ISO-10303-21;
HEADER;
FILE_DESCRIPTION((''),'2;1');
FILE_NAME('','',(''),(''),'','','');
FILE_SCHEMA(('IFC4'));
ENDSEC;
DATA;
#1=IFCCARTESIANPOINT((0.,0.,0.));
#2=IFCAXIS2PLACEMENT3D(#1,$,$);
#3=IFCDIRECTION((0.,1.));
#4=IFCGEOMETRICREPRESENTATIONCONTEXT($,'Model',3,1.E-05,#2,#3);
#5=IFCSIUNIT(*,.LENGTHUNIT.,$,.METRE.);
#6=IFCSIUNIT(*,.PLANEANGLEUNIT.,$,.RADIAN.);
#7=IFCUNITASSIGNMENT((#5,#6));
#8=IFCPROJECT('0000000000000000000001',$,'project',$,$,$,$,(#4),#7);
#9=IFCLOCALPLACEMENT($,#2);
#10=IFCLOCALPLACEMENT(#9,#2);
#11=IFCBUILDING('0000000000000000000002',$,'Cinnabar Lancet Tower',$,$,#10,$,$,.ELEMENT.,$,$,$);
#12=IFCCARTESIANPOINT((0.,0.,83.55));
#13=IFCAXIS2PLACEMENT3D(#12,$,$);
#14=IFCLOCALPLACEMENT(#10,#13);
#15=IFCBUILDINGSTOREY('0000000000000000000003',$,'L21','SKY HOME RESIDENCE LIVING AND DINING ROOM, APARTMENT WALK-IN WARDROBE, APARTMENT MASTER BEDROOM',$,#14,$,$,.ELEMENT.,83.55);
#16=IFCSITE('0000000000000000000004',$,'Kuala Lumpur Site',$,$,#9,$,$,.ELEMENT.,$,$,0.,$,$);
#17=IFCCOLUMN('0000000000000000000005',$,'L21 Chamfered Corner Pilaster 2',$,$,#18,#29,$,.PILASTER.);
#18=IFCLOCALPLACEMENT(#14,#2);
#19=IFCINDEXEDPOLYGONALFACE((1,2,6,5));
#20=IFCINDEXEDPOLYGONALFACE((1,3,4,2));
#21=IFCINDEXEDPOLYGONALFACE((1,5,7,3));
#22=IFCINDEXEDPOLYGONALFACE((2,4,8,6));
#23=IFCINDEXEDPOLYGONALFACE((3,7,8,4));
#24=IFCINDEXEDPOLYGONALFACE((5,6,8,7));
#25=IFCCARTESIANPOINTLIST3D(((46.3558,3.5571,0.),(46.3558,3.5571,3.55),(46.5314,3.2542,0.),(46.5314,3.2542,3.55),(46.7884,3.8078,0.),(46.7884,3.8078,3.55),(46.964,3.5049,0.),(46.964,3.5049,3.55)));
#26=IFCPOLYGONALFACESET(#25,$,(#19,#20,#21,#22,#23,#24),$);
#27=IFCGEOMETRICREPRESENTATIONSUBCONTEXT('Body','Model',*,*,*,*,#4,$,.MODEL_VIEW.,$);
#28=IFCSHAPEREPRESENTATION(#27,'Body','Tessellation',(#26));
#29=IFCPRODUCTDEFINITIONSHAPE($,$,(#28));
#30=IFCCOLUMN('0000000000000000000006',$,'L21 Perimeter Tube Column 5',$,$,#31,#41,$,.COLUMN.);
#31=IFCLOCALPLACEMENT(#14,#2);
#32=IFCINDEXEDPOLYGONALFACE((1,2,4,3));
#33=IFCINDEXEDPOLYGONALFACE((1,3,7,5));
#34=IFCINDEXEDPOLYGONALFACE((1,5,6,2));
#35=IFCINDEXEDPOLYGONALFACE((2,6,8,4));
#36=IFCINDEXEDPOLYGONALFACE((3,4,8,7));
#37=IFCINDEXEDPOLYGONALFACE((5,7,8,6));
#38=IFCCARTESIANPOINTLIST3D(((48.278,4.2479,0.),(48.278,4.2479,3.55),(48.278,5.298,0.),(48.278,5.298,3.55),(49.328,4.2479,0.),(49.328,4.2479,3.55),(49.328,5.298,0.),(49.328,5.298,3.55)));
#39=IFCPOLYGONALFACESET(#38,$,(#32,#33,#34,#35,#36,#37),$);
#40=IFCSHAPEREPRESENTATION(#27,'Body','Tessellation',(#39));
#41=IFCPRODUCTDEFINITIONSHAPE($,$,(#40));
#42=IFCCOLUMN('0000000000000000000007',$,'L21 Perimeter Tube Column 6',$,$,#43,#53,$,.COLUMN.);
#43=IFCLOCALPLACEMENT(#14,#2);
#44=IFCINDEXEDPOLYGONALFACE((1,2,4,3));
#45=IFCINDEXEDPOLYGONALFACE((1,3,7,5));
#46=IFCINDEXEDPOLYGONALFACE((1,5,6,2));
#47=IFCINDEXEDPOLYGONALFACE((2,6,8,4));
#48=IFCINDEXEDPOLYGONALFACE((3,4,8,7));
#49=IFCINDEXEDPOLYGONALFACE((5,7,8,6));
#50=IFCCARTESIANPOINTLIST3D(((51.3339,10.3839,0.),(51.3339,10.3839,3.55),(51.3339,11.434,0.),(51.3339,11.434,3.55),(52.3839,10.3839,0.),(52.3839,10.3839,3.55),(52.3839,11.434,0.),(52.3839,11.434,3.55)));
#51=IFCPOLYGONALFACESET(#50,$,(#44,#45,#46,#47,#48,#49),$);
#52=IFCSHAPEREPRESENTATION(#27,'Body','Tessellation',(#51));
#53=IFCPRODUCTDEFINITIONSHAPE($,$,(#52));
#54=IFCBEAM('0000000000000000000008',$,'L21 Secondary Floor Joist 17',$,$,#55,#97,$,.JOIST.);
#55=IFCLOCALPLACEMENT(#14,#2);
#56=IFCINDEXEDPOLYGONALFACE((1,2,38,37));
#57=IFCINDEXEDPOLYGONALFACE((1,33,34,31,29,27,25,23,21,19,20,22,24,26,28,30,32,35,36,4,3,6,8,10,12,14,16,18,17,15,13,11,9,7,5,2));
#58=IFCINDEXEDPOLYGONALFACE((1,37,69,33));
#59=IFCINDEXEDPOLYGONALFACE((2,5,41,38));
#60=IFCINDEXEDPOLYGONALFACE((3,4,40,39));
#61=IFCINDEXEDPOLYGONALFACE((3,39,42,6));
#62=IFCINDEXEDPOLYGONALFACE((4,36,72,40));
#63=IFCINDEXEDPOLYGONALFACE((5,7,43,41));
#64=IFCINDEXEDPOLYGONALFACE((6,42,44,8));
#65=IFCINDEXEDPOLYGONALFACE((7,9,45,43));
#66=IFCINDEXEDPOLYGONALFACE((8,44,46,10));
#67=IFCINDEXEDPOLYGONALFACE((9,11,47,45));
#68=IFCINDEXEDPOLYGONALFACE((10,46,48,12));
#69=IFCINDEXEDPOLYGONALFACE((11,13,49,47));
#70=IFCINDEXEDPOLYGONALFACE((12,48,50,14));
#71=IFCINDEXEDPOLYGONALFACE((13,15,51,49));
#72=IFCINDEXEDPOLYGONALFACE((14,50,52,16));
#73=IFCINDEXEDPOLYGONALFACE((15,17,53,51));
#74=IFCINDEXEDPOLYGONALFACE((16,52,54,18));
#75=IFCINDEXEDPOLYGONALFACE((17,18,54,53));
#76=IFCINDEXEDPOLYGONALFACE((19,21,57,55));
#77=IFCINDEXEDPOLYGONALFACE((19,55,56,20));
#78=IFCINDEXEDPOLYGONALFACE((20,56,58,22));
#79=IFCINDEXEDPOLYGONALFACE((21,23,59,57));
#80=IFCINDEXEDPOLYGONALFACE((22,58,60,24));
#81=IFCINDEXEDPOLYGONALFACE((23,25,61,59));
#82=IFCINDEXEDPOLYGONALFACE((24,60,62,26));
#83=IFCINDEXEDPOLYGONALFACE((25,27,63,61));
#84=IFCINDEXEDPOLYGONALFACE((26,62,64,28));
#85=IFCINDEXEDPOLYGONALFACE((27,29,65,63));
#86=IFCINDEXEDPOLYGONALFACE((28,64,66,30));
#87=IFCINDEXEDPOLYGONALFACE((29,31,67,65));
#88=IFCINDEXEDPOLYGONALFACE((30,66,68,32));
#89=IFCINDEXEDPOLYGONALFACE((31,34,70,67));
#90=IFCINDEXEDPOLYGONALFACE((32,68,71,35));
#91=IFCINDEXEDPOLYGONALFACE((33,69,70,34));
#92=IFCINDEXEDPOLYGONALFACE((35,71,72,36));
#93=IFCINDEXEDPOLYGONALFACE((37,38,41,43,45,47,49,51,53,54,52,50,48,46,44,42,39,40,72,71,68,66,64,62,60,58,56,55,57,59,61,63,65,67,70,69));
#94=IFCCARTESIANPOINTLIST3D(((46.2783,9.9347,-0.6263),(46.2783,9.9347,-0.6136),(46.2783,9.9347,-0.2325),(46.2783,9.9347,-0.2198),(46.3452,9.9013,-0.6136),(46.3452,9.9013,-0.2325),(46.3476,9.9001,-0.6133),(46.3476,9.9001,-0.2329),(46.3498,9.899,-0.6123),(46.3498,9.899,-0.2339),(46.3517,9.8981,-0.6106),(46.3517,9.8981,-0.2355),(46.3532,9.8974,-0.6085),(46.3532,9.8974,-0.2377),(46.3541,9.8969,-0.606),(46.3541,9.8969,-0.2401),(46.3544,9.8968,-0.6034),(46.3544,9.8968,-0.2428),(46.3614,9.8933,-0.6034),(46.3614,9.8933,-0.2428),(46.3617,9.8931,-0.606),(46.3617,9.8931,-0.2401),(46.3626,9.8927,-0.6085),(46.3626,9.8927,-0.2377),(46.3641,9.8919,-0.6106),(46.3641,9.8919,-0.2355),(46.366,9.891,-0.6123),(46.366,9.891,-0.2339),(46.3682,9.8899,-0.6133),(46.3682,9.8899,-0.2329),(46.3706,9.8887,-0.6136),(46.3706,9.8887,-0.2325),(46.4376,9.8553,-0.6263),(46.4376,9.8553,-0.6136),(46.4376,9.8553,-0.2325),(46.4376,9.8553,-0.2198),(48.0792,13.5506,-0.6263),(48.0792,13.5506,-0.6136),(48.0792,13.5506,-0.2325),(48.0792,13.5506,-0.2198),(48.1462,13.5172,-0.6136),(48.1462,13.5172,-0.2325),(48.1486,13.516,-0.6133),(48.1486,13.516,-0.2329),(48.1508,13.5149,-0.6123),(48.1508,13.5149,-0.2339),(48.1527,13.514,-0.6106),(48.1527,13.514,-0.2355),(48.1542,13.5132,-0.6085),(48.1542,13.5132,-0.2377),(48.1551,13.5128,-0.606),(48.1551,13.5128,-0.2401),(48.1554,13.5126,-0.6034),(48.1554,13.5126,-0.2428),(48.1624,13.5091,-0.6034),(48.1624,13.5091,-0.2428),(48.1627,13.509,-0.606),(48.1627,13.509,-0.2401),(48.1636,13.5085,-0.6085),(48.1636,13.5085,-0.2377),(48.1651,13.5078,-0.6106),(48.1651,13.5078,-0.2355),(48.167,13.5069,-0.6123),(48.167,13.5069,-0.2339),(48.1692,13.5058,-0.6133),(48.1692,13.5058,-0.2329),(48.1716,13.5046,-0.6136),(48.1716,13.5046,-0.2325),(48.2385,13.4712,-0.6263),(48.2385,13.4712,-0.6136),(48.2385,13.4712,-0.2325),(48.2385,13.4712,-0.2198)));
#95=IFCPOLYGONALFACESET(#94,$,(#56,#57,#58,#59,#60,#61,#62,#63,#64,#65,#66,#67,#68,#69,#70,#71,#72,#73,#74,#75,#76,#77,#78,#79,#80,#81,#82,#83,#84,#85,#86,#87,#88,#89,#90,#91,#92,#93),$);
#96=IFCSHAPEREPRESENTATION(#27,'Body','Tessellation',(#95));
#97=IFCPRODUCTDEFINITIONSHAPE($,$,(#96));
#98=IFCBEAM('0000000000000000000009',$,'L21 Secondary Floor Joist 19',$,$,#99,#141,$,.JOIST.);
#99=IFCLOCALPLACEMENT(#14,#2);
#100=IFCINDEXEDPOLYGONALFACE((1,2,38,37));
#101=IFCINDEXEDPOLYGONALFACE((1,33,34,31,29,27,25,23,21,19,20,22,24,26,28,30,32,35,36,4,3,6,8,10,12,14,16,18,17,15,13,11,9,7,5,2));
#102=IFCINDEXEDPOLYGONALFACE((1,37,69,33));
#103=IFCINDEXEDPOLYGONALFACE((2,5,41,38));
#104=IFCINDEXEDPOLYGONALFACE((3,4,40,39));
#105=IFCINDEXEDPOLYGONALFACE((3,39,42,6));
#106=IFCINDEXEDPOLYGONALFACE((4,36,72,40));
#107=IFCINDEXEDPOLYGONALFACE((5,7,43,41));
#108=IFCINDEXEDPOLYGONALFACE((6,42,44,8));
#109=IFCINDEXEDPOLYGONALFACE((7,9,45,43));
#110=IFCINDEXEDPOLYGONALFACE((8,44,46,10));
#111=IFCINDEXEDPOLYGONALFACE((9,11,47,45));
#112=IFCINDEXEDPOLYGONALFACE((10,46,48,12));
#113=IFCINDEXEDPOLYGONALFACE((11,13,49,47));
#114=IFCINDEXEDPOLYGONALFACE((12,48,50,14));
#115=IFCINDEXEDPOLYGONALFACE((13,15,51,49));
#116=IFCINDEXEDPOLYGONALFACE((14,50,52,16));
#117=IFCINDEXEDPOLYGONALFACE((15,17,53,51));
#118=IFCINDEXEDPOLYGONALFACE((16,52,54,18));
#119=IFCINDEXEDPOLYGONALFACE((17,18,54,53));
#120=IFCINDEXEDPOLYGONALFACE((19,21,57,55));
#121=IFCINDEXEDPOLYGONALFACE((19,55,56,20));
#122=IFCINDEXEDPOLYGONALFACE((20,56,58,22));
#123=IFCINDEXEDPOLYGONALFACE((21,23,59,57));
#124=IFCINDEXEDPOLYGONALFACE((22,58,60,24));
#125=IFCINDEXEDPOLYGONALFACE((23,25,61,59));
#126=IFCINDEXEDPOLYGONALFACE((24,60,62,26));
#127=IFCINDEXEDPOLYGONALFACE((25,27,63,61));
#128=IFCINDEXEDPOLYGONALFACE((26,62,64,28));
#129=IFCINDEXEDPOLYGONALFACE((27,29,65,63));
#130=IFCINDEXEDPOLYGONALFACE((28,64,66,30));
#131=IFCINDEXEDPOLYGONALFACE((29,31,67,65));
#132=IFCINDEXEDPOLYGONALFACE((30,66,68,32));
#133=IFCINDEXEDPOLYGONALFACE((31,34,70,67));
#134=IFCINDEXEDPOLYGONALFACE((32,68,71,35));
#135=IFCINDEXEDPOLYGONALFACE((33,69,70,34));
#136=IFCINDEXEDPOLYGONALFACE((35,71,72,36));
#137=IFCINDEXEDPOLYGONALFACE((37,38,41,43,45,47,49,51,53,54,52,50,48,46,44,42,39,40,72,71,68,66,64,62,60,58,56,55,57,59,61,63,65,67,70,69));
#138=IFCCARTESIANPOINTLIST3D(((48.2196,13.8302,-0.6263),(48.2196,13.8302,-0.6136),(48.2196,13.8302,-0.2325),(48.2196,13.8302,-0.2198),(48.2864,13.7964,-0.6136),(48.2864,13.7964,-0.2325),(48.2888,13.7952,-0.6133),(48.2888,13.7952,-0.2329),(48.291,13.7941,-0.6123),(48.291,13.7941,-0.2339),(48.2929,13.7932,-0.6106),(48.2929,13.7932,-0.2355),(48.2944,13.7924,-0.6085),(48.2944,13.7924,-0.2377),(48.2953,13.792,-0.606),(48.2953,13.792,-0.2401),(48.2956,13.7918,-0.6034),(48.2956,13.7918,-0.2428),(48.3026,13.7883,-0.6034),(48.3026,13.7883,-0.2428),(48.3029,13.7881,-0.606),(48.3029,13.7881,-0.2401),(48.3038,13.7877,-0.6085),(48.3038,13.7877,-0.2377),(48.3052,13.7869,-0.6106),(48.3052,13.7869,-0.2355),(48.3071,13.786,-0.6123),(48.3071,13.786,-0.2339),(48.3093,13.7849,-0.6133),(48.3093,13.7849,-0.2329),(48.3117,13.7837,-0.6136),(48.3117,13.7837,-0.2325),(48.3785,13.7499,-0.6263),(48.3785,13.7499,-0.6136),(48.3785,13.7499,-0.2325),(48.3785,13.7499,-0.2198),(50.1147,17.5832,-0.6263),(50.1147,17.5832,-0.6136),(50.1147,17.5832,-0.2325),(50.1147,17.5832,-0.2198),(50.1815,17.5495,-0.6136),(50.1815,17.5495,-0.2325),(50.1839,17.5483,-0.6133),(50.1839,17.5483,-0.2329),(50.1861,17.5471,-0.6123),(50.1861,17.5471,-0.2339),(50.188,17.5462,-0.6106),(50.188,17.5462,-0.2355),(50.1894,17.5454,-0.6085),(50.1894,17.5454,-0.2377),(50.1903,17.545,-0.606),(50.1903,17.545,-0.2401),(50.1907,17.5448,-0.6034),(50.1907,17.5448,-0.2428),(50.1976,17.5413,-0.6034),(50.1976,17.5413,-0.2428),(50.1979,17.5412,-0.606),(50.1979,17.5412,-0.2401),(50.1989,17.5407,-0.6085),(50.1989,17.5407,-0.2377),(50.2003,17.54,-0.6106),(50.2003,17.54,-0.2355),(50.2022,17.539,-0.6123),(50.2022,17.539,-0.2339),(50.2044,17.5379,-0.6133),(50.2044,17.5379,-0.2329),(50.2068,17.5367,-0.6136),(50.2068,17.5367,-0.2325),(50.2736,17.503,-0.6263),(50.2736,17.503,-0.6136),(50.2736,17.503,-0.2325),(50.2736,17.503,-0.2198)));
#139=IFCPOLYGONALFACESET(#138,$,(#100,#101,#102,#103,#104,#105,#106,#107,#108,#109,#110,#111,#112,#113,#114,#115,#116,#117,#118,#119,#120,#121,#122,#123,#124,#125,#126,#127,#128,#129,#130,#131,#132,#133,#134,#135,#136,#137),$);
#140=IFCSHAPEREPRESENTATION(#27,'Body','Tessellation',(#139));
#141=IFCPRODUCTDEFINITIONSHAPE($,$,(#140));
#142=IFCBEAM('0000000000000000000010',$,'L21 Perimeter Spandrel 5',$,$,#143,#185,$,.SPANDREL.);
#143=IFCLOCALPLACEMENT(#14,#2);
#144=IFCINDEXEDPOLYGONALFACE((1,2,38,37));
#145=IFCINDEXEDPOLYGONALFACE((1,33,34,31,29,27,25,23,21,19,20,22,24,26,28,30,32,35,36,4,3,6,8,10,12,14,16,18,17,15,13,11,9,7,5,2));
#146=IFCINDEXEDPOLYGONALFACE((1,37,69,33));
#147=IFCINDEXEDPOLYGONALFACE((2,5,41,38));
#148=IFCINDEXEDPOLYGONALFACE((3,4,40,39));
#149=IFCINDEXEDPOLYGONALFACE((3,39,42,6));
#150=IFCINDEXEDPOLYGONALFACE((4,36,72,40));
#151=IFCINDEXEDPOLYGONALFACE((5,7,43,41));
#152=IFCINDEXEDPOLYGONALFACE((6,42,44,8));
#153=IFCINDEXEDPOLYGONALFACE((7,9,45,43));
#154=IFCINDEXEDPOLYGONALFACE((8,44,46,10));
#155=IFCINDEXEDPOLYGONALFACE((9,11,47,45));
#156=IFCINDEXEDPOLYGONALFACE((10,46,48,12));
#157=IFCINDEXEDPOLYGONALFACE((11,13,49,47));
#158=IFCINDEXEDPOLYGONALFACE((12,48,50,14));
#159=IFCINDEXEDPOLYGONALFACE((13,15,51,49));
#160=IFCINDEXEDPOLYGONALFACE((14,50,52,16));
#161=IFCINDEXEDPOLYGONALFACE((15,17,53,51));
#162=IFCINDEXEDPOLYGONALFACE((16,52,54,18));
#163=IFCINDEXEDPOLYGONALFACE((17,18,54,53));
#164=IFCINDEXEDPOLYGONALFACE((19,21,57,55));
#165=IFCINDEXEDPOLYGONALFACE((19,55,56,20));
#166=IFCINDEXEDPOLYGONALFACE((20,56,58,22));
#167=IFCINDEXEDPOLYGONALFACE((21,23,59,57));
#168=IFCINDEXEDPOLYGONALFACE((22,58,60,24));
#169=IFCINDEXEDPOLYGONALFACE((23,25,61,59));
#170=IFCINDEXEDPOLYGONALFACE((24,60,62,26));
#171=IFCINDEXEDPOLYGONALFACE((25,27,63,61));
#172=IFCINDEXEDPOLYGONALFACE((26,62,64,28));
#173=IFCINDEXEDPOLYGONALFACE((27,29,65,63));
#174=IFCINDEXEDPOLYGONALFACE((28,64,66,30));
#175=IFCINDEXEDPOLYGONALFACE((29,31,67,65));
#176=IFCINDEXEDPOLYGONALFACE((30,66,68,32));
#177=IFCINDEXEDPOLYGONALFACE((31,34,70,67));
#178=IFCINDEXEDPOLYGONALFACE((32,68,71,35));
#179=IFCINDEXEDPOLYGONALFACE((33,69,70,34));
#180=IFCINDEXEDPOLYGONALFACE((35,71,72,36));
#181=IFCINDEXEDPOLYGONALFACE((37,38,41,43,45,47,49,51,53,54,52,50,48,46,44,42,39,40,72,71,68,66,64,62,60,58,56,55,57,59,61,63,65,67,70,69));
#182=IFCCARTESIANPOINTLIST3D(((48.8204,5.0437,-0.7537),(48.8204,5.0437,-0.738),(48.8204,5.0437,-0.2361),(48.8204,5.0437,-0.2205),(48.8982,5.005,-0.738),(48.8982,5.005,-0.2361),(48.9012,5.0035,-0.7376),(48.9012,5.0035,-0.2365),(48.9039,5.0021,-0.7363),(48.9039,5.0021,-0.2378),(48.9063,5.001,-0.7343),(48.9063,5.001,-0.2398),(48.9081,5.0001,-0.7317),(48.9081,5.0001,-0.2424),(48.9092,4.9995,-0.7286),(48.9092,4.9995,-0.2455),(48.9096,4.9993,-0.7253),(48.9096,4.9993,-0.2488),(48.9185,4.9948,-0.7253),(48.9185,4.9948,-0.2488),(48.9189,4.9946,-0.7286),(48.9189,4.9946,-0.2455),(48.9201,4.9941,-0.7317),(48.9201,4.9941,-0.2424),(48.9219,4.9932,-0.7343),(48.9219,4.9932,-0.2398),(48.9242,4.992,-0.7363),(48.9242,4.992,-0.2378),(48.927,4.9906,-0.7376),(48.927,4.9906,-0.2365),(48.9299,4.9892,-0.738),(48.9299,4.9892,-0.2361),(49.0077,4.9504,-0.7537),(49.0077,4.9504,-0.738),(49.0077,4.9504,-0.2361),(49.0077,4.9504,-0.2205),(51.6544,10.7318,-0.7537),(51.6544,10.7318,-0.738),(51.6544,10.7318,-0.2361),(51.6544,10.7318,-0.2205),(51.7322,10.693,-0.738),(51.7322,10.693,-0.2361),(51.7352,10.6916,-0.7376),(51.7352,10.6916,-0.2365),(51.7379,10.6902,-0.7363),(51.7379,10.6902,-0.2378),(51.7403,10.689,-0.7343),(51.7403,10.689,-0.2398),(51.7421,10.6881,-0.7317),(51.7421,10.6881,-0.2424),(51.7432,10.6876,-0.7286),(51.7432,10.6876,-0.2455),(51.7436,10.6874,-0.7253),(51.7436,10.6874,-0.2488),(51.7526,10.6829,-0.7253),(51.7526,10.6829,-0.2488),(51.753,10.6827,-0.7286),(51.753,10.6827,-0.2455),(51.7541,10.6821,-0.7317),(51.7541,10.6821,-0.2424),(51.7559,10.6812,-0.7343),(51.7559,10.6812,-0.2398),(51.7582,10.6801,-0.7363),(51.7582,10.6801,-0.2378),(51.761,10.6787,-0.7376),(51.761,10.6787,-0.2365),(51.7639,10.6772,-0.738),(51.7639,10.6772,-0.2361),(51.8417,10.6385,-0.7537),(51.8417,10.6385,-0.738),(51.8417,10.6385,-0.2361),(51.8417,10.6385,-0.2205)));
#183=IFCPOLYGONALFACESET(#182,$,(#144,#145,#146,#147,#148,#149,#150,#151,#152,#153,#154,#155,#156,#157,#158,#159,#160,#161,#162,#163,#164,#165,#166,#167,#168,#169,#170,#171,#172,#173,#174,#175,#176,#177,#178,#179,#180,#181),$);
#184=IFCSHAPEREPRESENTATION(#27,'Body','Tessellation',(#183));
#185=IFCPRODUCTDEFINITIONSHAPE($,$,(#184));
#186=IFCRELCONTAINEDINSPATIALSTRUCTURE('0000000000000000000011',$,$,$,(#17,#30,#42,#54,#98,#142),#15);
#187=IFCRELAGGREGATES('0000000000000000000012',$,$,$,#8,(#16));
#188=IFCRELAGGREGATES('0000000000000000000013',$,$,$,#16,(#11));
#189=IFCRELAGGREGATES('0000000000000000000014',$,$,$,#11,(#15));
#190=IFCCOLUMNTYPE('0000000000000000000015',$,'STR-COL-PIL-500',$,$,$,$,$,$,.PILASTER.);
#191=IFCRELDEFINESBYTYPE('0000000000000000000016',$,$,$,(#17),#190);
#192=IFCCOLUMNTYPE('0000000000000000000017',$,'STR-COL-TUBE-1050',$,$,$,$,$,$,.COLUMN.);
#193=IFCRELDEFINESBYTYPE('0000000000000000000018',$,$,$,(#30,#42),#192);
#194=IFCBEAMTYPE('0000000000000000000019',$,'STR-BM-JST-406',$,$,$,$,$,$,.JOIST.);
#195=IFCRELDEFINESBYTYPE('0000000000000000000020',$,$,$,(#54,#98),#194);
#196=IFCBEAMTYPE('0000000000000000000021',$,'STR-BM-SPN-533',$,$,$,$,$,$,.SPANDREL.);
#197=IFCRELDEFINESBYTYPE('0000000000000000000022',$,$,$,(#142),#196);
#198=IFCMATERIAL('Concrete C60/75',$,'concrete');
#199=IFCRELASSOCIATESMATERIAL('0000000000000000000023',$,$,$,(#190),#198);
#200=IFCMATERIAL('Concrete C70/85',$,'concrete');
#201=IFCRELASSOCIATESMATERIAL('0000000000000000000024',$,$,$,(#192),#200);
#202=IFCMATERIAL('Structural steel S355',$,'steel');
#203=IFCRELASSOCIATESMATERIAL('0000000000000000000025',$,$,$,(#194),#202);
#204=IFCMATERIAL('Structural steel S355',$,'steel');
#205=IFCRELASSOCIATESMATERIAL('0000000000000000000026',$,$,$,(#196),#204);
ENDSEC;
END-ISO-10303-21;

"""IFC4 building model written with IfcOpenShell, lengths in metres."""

from ifc_helpers import new_model, si_unit, direction, frame, origin, origin_2d, place, context, subcontext, project, spatial, rectangle, i_section, extrude, material, material_profile, profile_set, type_object, element, save


model = new_model("IFC4")

# Units and contexts
model_context = context("Model", 3, precision=1e-05, world=origin(), true_north=direction((0.0, 1.0)))
body_context = subcontext(model_context, "Body", "Model", "MODEL_VIEW")
ifc_project = project(units=[si_unit("LENGTHUNIT", "METRE"), si_unit("PLANEANGLEUNIT", "RADIAN")], contexts=[model_context])

# Site, building, storey
site_placement = place(None, origin())
site = spatial("IfcSite", under=ifc_project, at=site_placement, Name="Kuala Lumpur Site", CompositionType="ELEMENT", RefElevation=0.0)
building_placement = place(site_placement, origin())
building = spatial("IfcBuilding", under=site, at=building_placement, Name="Cinnabar Lancet Tower", CompositionType="ELEMENT")
storey_placement = place(building_placement, frame((0.0, 0.0, 83.55)))
storey = spatial("IfcBuildingStorey", under=building, at=storey_placement, Name="L21", Description="SKY HOME RESIDENCE LIVING AND DINING ROOM, APARTMENT WALK-IN WARDROBE, APARTMENT MASTER BEDROOM", CompositionType="ELEMENT", Elevation=83.55)

# Columns
ifc_material_1 = material(Name="Concrete C60/75", Category="concrete")
ifc_material_profile_1 = material_profile(ifc_material_1, rectangle(XDim=0.5, YDim=0.3501, at=origin_2d()), Name="RC-PIL 500x350")
ifc_profile_set_1 = profile_set([ifc_material_profile_1], Name="Concrete C60/75")
column_type_1 = type_object("IfcColumnType", Name="STR-COL-PIL-500", PredefinedType="PILASTER", material=ifc_profile_set_1)
column_placement = place(storey_placement, frame((46.6599, 3.531, 0.0), z_axis=(0.0, 0.0, 1.0), x_axis=(0.865195, 0.501435, 0.0)))
element("IfcColumn", 1, at=column_placement, inside=storey, type_object=column_type_1, Name="L21 Chamfered Corner Pilaster 2", PredefinedType="PILASTER", context=body_context, shape_type="SweptSolid", body=[
    extrude(rectangle(XDim=0.5, YDim=0.3501, at=origin_2d()), origin(), (0.0, 0.0, 1.0), 3.55),
])
ifc_material_2 = material(Name="Concrete C70/85", Category="concrete")
ifc_material_profile_2 = material_profile(ifc_material_2, rectangle(XDim=1.05, YDim=1.05, at=origin_2d()), Name="RC-COL 1050x1050")
ifc_profile_set_2 = profile_set([ifc_material_profile_2], Name="Concrete C70/85")
column_type_2 = type_object("IfcColumnType", Name="STR-COL-TUBE-1050", PredefinedType="COLUMN", material=ifc_profile_set_2)
for number, where, z_axis, x_axis, name in (
    (2, (48.803, 4.7729, 0.0), (0.0, 0.0, 1.0), (1.0, 0.0, 0.0), "L21 Perimeter Tube Column 5"),
    (3, (51.8589, 10.9089, 0.0), (0.0, 0.0, 1.0), (1.0, 0.0, 0.0), "L21 Perimeter Tube Column 6"),
):
    element("IfcColumn", number, at=place(storey_placement, frame(where, z_axis=z_axis, x_axis=x_axis)), inside=storey, type_object=column_type_2, Name=name, PredefinedType="COLUMN", context=body_context, shape_type="SweptSolid", body=[
        extrude(rectangle(XDim=1.05, YDim=1.05, at=origin_2d()), origin(), (0.0, 0.0, 1.0), 3.55),
    ])

# Beams
ifc_material_3 = material(Name="Structural steel S355", Category="steel")
ifc_material_profile_3 = material_profile(ifc_material_3, i_section(OverallWidth=0.178, OverallDepth=0.4065, WebThickness=0.0078, FlangeThickness=0.0127, FilletRadius=0.0103, at=origin_2d()), Name="UKB 406x178x60")
ifc_profile_set_3 = profile_set([ifc_material_profile_3], Name="Structural steel S355")
beam_type_1 = type_object("IfcBeamType", Name="STR-BM-JST-406", PredefinedType="JOIST", material=ifc_profile_set_3)
beam_1_placement = place(storey_placement, frame((46.3579, 9.895, -0.4231), z_axis=(0.445835, 0.895115, 0.0), x_axis=(-0.895115, 0.445835, 0.0)))
element("IfcBeam", 4, at=beam_1_placement, inside=storey, type_object=beam_type_1, Name="L21 Secondary Floor Joist 17", PredefinedType="JOIST", context=body_context, shape_type="SweptSolid", body=[
    extrude(i_section(OverallWidth=0.178, OverallDepth=0.4065, WebThickness=0.0078, FlangeThickness=0.0127, FilletRadius=0.0103, at=origin_2d()), origin(), (0.0, 0.0, 1.0), 4.0396),
])
beam_2_placement = place(storey_placement, frame((48.2991, 13.79, -0.4231), z_axis=(0.450741, 0.892655, 0.0), x_axis=(-0.892655, 0.450741, 0.0)))
element("IfcBeam", 5, at=beam_2_placement, inside=storey, type_object=beam_type_1, Name="L21 Secondary Floor Joist 19", PredefinedType="JOIST", context=body_context, shape_type="SweptSolid", body=[
    extrude(i_section(OverallWidth=0.178, OverallDepth=0.4065, WebThickness=0.0078, FlangeThickness=0.0127, FilletRadius=0.0103, at=origin_2d()), origin(), (0.0, 0.0, 1.0), 4.2043),
])
ifc_material_4 = material(Name="Structural steel S355", Category="steel")
ifc_material_profile_4 = material_profile(ifc_material_4, i_section(OverallWidth=0.2092, OverallDepth=0.5332, WebThickness=0.01, FlangeThickness=0.0156, FilletRadius=0.0127, at=origin_2d()), Name="UKB 533x210x92")
ifc_profile_set_4 = profile_set([ifc_material_profile_4], Name="Structural steel S355")
beam_type_2 = type_object("IfcBeamType", Name="STR-BM-SPN-533", PredefinedType="SPANDREL", material=ifc_profile_set_4)
beam_3_placement = place(storey_placement, frame((48.9141, 4.9971, -0.4871), z_axis=(0.445953, 0.895056, 0.0), x_axis=(-0.895056, 0.445953, 0.0)))
element("IfcBeam", 6, at=beam_3_placement, inside=storey, type_object=beam_type_2, Name="L21 Perimeter Spandrel 5", PredefinedType="SPANDREL", context=body_context, shape_type="SweptSolid", body=[
    extrude(i_section(OverallWidth=0.2092, OverallDepth=0.5332, WebThickness=0.01, FlangeThickness=0.0156, FilletRadius=0.0127, at=origin_2d()), origin(), (0.0, 0.0, 1.0), 6.355),
])

save(model, "model.ifc")
